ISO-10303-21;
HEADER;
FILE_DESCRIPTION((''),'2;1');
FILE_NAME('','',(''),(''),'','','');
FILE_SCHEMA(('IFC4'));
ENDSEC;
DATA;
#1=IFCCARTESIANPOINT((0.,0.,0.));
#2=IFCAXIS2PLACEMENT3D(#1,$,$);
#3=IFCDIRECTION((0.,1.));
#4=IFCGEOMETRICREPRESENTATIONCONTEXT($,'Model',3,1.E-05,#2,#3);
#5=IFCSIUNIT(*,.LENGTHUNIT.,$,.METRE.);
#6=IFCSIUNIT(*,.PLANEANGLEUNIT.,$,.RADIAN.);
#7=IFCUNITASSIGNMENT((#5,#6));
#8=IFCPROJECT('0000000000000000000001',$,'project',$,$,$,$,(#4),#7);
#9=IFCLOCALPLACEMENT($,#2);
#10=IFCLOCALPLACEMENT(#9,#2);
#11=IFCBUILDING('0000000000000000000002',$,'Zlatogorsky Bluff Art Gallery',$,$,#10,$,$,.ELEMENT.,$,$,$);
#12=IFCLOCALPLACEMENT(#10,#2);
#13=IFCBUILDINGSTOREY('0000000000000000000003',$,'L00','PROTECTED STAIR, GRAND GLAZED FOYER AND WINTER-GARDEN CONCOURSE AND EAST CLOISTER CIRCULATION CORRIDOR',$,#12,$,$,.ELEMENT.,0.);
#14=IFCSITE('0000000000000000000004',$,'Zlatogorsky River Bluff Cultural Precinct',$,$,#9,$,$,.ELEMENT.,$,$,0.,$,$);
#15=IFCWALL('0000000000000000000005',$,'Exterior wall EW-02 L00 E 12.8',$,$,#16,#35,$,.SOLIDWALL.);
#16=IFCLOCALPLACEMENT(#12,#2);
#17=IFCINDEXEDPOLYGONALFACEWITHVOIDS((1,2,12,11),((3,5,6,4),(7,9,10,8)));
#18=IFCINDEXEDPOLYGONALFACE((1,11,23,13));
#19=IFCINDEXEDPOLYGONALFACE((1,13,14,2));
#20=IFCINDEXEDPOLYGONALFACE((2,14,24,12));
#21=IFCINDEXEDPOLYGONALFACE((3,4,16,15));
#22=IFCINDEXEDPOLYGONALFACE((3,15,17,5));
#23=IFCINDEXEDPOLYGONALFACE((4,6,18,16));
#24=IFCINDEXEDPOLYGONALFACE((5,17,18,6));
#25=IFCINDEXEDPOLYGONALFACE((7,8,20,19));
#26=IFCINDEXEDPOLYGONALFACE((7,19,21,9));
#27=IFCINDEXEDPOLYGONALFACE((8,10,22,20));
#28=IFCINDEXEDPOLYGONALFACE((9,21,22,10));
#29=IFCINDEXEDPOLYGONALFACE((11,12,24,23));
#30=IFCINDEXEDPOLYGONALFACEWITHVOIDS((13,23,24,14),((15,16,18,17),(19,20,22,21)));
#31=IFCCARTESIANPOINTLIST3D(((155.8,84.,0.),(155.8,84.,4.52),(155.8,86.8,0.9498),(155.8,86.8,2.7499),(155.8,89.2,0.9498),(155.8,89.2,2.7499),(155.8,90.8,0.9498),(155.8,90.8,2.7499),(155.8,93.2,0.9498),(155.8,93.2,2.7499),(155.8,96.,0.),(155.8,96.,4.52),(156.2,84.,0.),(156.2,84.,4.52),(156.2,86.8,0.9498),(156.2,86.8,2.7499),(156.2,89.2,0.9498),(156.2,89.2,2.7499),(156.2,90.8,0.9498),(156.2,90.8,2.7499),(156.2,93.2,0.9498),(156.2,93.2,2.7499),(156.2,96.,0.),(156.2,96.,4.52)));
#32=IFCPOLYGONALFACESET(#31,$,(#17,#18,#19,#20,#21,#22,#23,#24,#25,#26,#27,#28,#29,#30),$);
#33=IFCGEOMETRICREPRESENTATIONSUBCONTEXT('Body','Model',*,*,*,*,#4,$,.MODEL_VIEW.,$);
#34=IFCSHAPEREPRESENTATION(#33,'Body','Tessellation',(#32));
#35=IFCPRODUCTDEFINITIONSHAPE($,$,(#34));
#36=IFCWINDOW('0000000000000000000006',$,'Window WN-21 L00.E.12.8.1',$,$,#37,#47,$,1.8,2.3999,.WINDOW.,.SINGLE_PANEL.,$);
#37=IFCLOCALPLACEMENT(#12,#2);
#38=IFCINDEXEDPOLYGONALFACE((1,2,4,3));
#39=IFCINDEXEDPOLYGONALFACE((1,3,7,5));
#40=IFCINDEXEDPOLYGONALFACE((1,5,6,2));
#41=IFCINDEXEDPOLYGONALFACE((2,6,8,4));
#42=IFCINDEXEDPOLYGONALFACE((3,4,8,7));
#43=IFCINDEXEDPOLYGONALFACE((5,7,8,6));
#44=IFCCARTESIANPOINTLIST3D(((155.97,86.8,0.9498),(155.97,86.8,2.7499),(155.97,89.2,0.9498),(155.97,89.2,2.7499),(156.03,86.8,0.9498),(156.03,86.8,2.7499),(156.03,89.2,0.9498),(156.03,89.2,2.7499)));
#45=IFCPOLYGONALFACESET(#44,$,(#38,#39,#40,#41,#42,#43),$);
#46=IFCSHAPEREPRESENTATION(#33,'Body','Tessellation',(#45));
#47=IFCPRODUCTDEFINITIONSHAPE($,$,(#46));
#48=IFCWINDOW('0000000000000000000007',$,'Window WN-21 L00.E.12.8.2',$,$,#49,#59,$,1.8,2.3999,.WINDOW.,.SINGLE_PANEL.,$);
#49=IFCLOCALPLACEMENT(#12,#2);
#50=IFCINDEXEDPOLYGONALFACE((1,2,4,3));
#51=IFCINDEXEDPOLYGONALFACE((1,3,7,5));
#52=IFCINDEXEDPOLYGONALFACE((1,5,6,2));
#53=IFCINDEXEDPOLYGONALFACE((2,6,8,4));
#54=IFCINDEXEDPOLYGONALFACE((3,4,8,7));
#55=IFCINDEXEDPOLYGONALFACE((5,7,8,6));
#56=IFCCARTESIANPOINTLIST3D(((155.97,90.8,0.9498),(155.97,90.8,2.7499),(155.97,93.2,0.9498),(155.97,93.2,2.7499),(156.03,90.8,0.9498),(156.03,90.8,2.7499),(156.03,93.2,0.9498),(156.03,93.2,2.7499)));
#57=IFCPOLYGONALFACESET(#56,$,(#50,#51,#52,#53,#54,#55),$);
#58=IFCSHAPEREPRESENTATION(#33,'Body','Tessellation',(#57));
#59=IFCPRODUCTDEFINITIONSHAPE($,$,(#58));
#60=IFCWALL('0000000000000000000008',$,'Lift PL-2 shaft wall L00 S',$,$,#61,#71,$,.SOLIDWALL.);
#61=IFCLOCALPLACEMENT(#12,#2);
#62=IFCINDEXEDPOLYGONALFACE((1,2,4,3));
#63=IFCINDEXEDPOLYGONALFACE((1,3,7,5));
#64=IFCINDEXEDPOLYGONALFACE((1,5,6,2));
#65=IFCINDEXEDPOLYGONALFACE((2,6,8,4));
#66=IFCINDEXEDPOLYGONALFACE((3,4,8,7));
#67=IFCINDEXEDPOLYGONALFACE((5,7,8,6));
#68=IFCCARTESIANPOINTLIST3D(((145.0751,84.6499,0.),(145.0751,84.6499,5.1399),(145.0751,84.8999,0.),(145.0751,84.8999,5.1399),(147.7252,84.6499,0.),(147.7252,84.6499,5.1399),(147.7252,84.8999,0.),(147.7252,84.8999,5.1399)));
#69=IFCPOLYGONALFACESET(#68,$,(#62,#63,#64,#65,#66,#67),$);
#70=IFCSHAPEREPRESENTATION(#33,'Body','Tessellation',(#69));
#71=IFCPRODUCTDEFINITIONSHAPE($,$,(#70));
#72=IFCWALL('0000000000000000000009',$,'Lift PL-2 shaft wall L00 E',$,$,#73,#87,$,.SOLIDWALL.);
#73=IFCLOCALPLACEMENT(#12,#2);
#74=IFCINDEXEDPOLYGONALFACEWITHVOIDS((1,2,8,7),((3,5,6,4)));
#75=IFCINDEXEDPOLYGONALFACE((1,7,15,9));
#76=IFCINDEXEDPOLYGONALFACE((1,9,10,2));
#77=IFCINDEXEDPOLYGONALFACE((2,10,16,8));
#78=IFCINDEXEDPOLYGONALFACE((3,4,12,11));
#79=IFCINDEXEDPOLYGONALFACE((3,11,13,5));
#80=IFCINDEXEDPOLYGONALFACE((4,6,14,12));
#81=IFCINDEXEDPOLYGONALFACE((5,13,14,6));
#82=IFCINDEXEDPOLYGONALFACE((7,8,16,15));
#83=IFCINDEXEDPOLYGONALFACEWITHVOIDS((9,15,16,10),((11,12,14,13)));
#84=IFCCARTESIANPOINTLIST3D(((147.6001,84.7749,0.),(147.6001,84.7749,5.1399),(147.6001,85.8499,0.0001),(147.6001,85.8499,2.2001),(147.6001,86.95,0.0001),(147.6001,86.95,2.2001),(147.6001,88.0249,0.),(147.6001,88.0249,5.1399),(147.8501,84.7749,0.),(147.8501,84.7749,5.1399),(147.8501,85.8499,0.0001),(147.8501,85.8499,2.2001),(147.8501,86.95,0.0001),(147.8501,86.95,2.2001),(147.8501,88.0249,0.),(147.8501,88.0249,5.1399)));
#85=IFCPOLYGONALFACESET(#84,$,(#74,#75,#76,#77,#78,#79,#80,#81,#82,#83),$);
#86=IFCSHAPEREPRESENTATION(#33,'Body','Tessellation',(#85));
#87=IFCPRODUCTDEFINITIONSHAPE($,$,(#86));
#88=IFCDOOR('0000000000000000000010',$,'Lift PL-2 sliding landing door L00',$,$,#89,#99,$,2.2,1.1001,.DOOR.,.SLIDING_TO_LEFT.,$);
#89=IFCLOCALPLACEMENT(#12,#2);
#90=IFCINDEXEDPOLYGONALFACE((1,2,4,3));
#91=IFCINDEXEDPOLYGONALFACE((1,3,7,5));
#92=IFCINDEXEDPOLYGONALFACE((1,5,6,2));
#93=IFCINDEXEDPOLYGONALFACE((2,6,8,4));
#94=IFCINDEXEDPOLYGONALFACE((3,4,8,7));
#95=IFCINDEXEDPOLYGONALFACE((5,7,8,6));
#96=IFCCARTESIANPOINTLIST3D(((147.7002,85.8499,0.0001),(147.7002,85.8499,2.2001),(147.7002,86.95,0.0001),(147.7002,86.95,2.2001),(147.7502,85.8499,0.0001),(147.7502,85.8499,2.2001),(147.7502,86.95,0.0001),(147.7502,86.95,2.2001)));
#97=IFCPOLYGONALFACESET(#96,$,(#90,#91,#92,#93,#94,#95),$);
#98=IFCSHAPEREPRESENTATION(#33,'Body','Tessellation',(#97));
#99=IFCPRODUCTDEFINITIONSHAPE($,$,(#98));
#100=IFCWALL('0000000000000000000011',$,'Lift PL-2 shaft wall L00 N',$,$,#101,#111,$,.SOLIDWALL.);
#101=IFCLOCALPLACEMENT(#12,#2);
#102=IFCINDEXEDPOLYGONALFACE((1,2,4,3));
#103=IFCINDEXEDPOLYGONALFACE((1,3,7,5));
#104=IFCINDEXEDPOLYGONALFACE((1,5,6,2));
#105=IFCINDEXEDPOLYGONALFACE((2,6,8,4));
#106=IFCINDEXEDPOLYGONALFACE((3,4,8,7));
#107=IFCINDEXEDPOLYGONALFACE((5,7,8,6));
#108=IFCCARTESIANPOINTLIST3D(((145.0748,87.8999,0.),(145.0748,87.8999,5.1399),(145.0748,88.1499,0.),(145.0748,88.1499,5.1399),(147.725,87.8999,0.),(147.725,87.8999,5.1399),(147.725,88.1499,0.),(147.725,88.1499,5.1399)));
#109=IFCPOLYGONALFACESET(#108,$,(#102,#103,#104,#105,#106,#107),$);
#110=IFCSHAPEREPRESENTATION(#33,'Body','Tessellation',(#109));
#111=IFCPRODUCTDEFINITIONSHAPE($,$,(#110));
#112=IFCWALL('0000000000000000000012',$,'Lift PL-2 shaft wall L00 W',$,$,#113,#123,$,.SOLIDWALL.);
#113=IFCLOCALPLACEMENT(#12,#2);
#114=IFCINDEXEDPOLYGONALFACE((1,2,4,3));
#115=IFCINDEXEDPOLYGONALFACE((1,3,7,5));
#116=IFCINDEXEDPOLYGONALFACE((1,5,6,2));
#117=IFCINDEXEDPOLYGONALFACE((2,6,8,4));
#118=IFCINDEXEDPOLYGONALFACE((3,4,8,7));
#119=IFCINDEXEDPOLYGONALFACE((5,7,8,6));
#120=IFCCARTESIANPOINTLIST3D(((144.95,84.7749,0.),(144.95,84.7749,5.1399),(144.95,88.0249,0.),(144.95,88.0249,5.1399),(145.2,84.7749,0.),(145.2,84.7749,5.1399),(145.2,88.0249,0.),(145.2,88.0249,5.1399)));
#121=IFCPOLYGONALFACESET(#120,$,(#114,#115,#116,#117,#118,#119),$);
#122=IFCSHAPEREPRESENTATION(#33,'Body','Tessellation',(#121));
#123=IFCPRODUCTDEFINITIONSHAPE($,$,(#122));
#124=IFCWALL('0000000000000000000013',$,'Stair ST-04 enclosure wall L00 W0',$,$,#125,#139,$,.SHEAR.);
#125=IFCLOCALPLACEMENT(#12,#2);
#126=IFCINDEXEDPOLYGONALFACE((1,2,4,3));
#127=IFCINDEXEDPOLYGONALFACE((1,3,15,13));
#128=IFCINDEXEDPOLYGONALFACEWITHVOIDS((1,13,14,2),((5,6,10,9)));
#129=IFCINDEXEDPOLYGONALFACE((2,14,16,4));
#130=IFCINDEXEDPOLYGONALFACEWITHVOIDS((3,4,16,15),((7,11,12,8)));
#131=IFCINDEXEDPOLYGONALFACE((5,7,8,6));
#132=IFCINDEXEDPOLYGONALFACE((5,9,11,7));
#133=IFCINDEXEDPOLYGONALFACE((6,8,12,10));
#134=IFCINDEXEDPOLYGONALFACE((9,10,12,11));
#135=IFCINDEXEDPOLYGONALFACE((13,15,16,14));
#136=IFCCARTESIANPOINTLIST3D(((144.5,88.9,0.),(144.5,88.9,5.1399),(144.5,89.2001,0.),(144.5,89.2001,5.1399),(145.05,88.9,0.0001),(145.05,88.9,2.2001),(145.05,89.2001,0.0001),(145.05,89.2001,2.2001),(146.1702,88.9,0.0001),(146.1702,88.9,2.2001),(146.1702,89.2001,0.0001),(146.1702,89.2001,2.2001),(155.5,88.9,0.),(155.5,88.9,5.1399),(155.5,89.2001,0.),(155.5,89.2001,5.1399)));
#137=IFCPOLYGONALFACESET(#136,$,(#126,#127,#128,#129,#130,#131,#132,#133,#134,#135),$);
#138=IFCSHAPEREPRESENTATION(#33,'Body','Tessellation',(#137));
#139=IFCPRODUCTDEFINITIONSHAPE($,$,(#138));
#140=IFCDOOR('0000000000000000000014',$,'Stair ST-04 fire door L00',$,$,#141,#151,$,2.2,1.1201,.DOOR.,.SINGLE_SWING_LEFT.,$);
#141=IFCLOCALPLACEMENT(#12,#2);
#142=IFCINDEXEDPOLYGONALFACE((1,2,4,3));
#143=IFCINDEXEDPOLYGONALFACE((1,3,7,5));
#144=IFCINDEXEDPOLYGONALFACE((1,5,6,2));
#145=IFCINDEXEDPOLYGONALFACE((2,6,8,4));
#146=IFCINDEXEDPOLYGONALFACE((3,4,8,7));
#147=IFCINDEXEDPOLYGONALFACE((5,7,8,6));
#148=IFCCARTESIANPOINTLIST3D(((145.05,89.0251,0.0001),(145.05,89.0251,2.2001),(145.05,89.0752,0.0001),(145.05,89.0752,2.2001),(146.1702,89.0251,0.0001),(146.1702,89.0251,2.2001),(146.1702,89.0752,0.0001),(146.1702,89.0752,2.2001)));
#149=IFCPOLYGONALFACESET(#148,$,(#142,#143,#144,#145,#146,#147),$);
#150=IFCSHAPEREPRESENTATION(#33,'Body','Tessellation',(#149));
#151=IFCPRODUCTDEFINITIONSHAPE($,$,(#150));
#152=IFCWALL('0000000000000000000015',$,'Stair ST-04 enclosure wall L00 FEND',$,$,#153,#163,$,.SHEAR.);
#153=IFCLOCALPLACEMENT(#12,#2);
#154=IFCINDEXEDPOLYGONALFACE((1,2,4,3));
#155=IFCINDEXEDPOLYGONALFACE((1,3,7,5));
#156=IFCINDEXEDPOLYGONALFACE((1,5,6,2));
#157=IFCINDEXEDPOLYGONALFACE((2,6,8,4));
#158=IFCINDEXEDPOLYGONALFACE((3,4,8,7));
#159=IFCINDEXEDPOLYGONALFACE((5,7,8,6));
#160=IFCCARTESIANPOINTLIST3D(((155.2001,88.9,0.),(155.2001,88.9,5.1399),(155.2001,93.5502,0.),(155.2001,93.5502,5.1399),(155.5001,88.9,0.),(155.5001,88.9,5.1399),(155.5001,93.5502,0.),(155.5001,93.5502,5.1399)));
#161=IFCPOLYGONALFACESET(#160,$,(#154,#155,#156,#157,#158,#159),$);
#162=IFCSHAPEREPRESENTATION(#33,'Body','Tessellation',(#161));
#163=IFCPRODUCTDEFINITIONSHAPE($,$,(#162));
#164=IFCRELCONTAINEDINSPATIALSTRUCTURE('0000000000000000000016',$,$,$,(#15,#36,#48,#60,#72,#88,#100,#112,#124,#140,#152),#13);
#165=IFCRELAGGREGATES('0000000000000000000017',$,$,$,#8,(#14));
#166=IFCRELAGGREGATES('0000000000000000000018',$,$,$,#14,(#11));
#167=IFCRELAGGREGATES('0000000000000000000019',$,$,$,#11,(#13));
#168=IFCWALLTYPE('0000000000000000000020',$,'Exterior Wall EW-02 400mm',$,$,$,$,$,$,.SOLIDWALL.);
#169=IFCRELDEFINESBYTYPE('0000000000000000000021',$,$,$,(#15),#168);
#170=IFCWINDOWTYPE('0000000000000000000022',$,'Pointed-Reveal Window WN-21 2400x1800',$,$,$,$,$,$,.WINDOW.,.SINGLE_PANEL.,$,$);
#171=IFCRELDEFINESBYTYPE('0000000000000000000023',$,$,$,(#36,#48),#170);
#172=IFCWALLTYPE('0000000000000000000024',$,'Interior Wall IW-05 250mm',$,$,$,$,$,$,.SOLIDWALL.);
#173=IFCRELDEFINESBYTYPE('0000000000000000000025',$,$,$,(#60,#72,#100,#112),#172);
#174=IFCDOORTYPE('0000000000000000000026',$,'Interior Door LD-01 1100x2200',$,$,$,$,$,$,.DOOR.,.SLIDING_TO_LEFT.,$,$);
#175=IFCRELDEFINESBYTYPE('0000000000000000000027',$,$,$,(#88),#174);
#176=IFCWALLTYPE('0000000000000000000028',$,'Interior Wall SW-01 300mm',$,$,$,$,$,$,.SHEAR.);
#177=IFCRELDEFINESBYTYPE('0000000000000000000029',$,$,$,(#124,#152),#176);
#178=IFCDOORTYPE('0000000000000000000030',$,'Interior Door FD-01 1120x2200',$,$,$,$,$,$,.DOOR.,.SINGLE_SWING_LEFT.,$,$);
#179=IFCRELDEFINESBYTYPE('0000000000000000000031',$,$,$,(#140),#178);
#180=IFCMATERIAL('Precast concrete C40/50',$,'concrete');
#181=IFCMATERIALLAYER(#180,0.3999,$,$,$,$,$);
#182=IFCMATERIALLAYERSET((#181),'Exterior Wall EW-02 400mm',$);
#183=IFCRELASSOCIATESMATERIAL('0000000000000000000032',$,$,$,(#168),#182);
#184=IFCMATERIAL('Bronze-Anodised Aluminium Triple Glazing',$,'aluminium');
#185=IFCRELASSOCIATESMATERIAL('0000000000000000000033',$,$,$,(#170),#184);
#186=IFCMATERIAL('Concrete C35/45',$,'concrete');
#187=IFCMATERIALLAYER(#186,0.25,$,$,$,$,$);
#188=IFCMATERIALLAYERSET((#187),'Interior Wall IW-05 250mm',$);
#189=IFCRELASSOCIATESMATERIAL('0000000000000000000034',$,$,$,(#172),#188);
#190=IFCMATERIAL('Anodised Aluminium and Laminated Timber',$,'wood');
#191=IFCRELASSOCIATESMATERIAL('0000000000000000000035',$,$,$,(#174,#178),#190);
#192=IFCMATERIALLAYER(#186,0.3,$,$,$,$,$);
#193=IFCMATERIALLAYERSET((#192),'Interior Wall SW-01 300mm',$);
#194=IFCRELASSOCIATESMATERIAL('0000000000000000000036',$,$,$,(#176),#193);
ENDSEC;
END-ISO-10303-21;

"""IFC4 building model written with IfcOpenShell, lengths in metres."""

from ifc_helpers import new_model, si_unit, direction, frame, frame_2d, origin, place, context, subcontext, project, spatial, rectangle, extrude, material, layer, layer_set, type_object, element, fill, save


model = new_model("IFC4")

# Units and contexts
model_context = context("Model", 3, precision=1e-05, world=origin(), true_north=direction((0.0, 1.0)))
body_context = subcontext(model_context, "Body", "Model", "MODEL_VIEW")
ifc_project = project(units=[si_unit("LENGTHUNIT", "METRE"), si_unit("PLANEANGLEUNIT", "RADIAN")], contexts=[model_context])

# Site, building, storey
site_placement = place(None, origin())
site = spatial("IfcSite", under=ifc_project, at=site_placement, Name="Zlatogorsky River Bluff Cultural Precinct", CompositionType="ELEMENT", RefElevation=0.0)
building_placement = place(site_placement, origin())
building = spatial("IfcBuilding", under=site, at=building_placement, Name="Zlatogorsky Bluff Art Gallery", CompositionType="ELEMENT")
storey_placement = place(building_placement, origin())
storey = spatial("IfcBuildingStorey", under=building, at=storey_placement, Name="L00", Description="PROTECTED STAIR, GRAND GLAZED FOYER AND WINTER-GARDEN CONCOURSE AND EAST CLOISTER CIRCULATION CORRIDOR", CompositionType="ELEMENT", Elevation=0.0)

# Wall, openings, windows
ifc_material_1 = material(Name="Precast concrete C40/50", Category="concrete")
ifc_layer_1 = layer(ifc_material_1, 0.3999)
ifc_layer_set_1 = layer_set([ifc_layer_1], Name="Exterior Wall EW-02 400mm")
wall_type_1 = type_object("IfcWallType", Name="Exterior Wall EW-02 400mm", PredefinedType="SOLIDWALL", material=ifc_layer_set_1)
ifc_material_2 = material(Name="Bronze-Anodised Aluminium Triple Glazing", Category="aluminium")
wall_1_placement = place(storey_placement, frame((156.0, 84.0, 0.0), z_axis=(0.0, 0.0, 1.0), x_axis=(0.0, 1.0, 0.0)))
wall_1 = element("IfcWall", 1, at=wall_1_placement, inside=storey, type_object=wall_type_1, Name="Exterior wall EW-02 L00 E 12.8", PredefinedType="SOLIDWALL", context=body_context, shape_type="SweptSolid", body=[
    extrude(rectangle(XDim=12.0, YDim=0.3999, at=frame_2d((6.0, 0.0))), origin(), (0.0, 0.0, 1.0), 4.52),
])
opening_1_placement = place(wall_1_placement, frame((2.8, 0.0, 0.95)))
opening_1 = element("IfcOpeningElement", 2, at=opening_1_placement, cuts=wall_1, PredefinedType="OPENING", context=body_context, shape_type="SweptSolid", body=[
    extrude(rectangle(XDim=2.3999, YDim=1.8, at=frame_2d((1.2, 0.8999))), frame((0.0, 0.21, 0.0), z_axis=(0.0, -1.0, 0.0), x_axis=(1.0, 0.0, 0.0)), (0.0, 0.0, 1.0), 0.4199),
])
opening_2_placement = place(wall_1_placement, frame((6.8, 0.0, 0.95)))
opening_2 = element("IfcOpeningElement", 3, at=opening_2_placement, cuts=wall_1, PredefinedType="OPENING", context=body_context, shape_type="SweptSolid", body=[
    extrude(rectangle(XDim=2.3999, YDim=1.8, at=frame_2d((1.2, 0.8999))), frame((0.0, 0.21, 0.0), z_axis=(0.0, -1.0, 0.0), x_axis=(1.0, 0.0, 0.0)), (0.0, 0.0, 1.0), 0.4199),
])
window_type_1 = type_object("IfcWindowType", Name="Pointed-Reveal Window WN-21 2400x1800", PartitioningType="SINGLE_PANEL", PredefinedType="WINDOW", material=ifc_material_2)
window_1_placement = place(opening_1_placement, origin())
window_1 = element("IfcWindow", 4, at=window_1_placement, inside=storey, type_object=window_type_1, Name="Window WN-21 L00.E.12.8.1", OverallHeight=1.8, OverallWidth=2.3999, PartitioningType="SINGLE_PANEL", PredefinedType="WINDOW", context=body_context, shape_type="SweptSolid", body=[
    extrude(rectangle(XDim=2.3999, YDim=1.8, at=frame_2d((1.2, 0.8999))), frame((0.0, 0.03, 0.0), z_axis=(0.0, -1.0, 0.0), x_axis=(1.0, 0.0, 0.0)), (0.0, 0.0, 1.0), 0.0601),
])
fill(opening_1, window_1)
window_2_placement = place(opening_2_placement, origin())
window_2 = element("IfcWindow", 5, at=window_2_placement, inside=storey, type_object=window_type_1, Name="Window WN-21 L00.E.12.8.2", OverallHeight=1.8, OverallWidth=2.3999, PartitioningType="SINGLE_PANEL", PredefinedType="WINDOW", context=body_context, shape_type="SweptSolid", body=[
    extrude(rectangle(XDim=2.3999, YDim=1.8, at=frame_2d((1.2, 0.8999))), frame((0.0, 0.03, 0.0), z_axis=(0.0, -1.0, 0.0), x_axis=(1.0, 0.0, 0.0)), (0.0, 0.0, 1.0), 0.0601),
])
fill(opening_2, window_2)

# Wall
ifc_material_3 = material(Name="Concrete C35/45", Category="concrete")
ifc_layer_2 = layer(ifc_material_3, 0.25)
ifc_layer_set_2 = layer_set([ifc_layer_2], Name="Interior Wall IW-05 250mm")
wall_type_2 = type_object("IfcWallType", Name="Interior Wall IW-05 250mm", PredefinedType="SOLIDWALL", material=ifc_layer_set_2)
wall_2_placement = place(storey_placement, frame((145.075, 84.7749, 0.0), z_axis=(0.0, 0.0, 1.0), x_axis=(1.0, 0.0, 0.0)))
element("IfcWall", 6, at=wall_2_placement, inside=storey, type_object=wall_type_2, Name="Lift PL-2 shaft wall L00 S", PredefinedType="SOLIDWALL", context=body_context, shape_type="SweptSolid", body=[
    extrude(rectangle(XDim=2.6501, YDim=0.25, at=frame_2d((1.3252, 0.0))), origin(), (0.0, 0.0, 1.0), 5.1399),
])

# Wall, opening, door
wall_3_placement = place(storey_placement, frame((147.7251, 84.7749, 0.0), z_axis=(0.0, 0.0, 1.0), x_axis=(0.0, 1.0, 0.0)))
wall_3 = element("IfcWall", 7, at=wall_3_placement, inside=storey, type_object=wall_type_2, Name="Lift PL-2 shaft wall L00 E", PredefinedType="SOLIDWALL", context=body_context, shape_type="SweptSolid", body=[
    extrude(rectangle(XDim=3.25, YDim=0.25, at=frame_2d((1.625, 0.0))), origin(), (0.0, 0.0, 1.0), 5.1399),
])
opening_3_placement = place(wall_3_placement, frame((1.075, 0.0, 0.0)))
opening_3 = element("IfcOpeningElement", 8, at=opening_3_placement, cuts=wall_3, PredefinedType="OPENING", context=body_context, shape_type="SweptSolid", body=[
    extrude(rectangle(XDim=1.1001, YDim=2.2, at=frame_2d((0.55, 1.1001))), frame((0.0, 0.135, 0.0), z_axis=(0.0, -1.0, 0.0), x_axis=(1.0, 0.0, 0.0)), (0.0, 0.0, 1.0), 0.27),
])
ifc_material_4 = material(Name="Anodised Aluminium and Laminated Timber", Category="wood")
door_type_1 = type_object("IfcDoorType", Name="Interior Door LD-01 1100x2200", OperationType="SLIDING_TO_LEFT", PredefinedType="DOOR", material=ifc_material_4)
door_1_placement = place(opening_3_placement, origin())
door_1 = element("IfcDoor", 9, at=door_1_placement, inside=storey, type_object=door_type_1, Name="Lift PL-2 sliding landing door L00", OperationType="SLIDING_TO_LEFT", OverallHeight=2.2, OverallWidth=1.1001, PredefinedType="DOOR", context=body_context, shape_type="SweptSolid", body=[
    extrude(rectangle(XDim=1.1001, YDim=2.2, at=frame_2d((0.55, 1.1001))), frame((0.0, 0.0249, 0.0), z_axis=(0.0, -1.0, 0.0), x_axis=(1.0, 0.0, 0.0)), (0.0, 0.0, 1.0), 0.05),
])
fill(opening_3, door_1)

# Walls
wall_4_placement = place(storey_placement, frame((147.7251, 88.0249, 0.0), z_axis=(0.0, 0.0, 1.0), x_axis=(-1.0, 0.0, 0.0)))
element("IfcWall", 10, at=wall_4_placement, inside=storey, type_object=wall_type_2, Name="Lift PL-2 shaft wall L00 N", PredefinedType="SOLIDWALL", context=body_context, shape_type="SweptSolid", body=[
    extrude(rectangle(XDim=2.6501, YDim=0.25, at=frame_2d((1.3252, 0.0))), origin(), (0.0, 0.0, 1.0), 5.1399),
])
wall_5_placement = place(storey_placement, frame((145.075, 88.0249, 0.0), z_axis=(0.0, 0.0, 1.0), x_axis=(0.0, -1.0, 0.0)))
element("IfcWall", 11, at=wall_5_placement, inside=storey, type_object=wall_type_2, Name="Lift PL-2 shaft wall L00 W", PredefinedType="SOLIDWALL", context=body_context, shape_type="SweptSolid", body=[
    extrude(rectangle(XDim=3.25, YDim=0.25, at=frame_2d((1.625, 0.0))), origin(), (0.0, 0.0, 1.0), 5.1399),
])

# Wall, opening, door
ifc_layer_3 = layer(ifc_material_3, 0.3)
ifc_layer_set_3 = layer_set([ifc_layer_3], Name="Interior Wall SW-01 300mm")
wall_type_3 = type_object("IfcWallType", Name="Interior Wall SW-01 300mm", PredefinedType="SHEAR", material=ifc_layer_set_3)
wall_6_placement = place(storey_placement, frame((144.5, 89.05, 0.0), z_axis=(0.0, 0.0, 1.0), x_axis=(1.0, 0.0, 0.0)))
wall_6 = element("IfcWall", 12, at=wall_6_placement, inside=storey, type_object=wall_type_3, Name="Stair ST-04 enclosure wall L00 W0", PredefinedType="SHEAR", context=body_context, shape_type="SweptSolid", body=[
    extrude(rectangle(XDim=11.0, YDim=0.3, at=frame_2d((5.5, 0.0))), origin(), (0.0, 0.0, 1.0), 5.1399),
])
opening_4_placement = place(wall_6_placement, frame((0.55, 0.0, 0.0)))
opening_4 = element("IfcOpeningElement", 13, at=opening_4_placement, cuts=wall_6, PredefinedType="OPENING", context=body_context, shape_type="SweptSolid", body=[
    extrude(rectangle(XDim=1.1201, YDim=2.2, at=frame_2d((0.5601, 1.1001))), frame((0.0, 0.1599, 0.0), z_axis=(0.0, -1.0, 0.0), x_axis=(1.0, 0.0, 0.0)), (0.0, 0.0, 1.0), 0.3201),
])
door_type_2 = type_object("IfcDoorType", Name="Interior Door FD-01 1120x2200", OperationType="SINGLE_SWING_LEFT", PredefinedType="DOOR", material=ifc_material_4)
door_2_placement = place(opening_4_placement, frame((1.1201, 0.0, 0.0), z_axis=(0.0, 0.0, 1.0), x_axis=(-1.0, 0.0, 0.0)))
door_2 = element("IfcDoor", 14, at=door_2_placement, inside=storey, type_object=door_type_2, Name="Stair ST-04 fire door L00", OperationType="SINGLE_SWING_LEFT", OverallHeight=2.2, OverallWidth=1.1201, PredefinedType="DOOR", context=body_context, shape_type="SweptSolid", body=[
    extrude(rectangle(XDim=1.1201, YDim=2.2, at=frame_2d((0.5601, 1.1001))), frame((0.0, 0.0249, 0.0), z_axis=(0.0, -1.0, 0.0), x_axis=(1.0, 0.0, 0.0)), (0.0, 0.0, 1.0), 0.05),
])
fill(opening_4, door_2)

# Wall
wall_7_placement = place(storey_placement, frame((155.3501, 88.8999, 0.0), z_axis=(0.0, 0.0, 1.0), x_axis=(0.0, 1.0, 0.0)))
element("IfcWall", 15, at=wall_7_placement, inside=storey, type_object=wall_type_3, Name="Stair ST-04 enclosure wall L00 FEND", PredefinedType="SHEAR", context=body_context, shape_type="SweptSolid", body=[
    extrude(rectangle(XDim=4.6501, YDim=0.3, at=frame_2d((2.3252, 0.0))), origin(), (0.0, 0.0, 1.0), 5.1399),
])

save(model, "model.ifc")
